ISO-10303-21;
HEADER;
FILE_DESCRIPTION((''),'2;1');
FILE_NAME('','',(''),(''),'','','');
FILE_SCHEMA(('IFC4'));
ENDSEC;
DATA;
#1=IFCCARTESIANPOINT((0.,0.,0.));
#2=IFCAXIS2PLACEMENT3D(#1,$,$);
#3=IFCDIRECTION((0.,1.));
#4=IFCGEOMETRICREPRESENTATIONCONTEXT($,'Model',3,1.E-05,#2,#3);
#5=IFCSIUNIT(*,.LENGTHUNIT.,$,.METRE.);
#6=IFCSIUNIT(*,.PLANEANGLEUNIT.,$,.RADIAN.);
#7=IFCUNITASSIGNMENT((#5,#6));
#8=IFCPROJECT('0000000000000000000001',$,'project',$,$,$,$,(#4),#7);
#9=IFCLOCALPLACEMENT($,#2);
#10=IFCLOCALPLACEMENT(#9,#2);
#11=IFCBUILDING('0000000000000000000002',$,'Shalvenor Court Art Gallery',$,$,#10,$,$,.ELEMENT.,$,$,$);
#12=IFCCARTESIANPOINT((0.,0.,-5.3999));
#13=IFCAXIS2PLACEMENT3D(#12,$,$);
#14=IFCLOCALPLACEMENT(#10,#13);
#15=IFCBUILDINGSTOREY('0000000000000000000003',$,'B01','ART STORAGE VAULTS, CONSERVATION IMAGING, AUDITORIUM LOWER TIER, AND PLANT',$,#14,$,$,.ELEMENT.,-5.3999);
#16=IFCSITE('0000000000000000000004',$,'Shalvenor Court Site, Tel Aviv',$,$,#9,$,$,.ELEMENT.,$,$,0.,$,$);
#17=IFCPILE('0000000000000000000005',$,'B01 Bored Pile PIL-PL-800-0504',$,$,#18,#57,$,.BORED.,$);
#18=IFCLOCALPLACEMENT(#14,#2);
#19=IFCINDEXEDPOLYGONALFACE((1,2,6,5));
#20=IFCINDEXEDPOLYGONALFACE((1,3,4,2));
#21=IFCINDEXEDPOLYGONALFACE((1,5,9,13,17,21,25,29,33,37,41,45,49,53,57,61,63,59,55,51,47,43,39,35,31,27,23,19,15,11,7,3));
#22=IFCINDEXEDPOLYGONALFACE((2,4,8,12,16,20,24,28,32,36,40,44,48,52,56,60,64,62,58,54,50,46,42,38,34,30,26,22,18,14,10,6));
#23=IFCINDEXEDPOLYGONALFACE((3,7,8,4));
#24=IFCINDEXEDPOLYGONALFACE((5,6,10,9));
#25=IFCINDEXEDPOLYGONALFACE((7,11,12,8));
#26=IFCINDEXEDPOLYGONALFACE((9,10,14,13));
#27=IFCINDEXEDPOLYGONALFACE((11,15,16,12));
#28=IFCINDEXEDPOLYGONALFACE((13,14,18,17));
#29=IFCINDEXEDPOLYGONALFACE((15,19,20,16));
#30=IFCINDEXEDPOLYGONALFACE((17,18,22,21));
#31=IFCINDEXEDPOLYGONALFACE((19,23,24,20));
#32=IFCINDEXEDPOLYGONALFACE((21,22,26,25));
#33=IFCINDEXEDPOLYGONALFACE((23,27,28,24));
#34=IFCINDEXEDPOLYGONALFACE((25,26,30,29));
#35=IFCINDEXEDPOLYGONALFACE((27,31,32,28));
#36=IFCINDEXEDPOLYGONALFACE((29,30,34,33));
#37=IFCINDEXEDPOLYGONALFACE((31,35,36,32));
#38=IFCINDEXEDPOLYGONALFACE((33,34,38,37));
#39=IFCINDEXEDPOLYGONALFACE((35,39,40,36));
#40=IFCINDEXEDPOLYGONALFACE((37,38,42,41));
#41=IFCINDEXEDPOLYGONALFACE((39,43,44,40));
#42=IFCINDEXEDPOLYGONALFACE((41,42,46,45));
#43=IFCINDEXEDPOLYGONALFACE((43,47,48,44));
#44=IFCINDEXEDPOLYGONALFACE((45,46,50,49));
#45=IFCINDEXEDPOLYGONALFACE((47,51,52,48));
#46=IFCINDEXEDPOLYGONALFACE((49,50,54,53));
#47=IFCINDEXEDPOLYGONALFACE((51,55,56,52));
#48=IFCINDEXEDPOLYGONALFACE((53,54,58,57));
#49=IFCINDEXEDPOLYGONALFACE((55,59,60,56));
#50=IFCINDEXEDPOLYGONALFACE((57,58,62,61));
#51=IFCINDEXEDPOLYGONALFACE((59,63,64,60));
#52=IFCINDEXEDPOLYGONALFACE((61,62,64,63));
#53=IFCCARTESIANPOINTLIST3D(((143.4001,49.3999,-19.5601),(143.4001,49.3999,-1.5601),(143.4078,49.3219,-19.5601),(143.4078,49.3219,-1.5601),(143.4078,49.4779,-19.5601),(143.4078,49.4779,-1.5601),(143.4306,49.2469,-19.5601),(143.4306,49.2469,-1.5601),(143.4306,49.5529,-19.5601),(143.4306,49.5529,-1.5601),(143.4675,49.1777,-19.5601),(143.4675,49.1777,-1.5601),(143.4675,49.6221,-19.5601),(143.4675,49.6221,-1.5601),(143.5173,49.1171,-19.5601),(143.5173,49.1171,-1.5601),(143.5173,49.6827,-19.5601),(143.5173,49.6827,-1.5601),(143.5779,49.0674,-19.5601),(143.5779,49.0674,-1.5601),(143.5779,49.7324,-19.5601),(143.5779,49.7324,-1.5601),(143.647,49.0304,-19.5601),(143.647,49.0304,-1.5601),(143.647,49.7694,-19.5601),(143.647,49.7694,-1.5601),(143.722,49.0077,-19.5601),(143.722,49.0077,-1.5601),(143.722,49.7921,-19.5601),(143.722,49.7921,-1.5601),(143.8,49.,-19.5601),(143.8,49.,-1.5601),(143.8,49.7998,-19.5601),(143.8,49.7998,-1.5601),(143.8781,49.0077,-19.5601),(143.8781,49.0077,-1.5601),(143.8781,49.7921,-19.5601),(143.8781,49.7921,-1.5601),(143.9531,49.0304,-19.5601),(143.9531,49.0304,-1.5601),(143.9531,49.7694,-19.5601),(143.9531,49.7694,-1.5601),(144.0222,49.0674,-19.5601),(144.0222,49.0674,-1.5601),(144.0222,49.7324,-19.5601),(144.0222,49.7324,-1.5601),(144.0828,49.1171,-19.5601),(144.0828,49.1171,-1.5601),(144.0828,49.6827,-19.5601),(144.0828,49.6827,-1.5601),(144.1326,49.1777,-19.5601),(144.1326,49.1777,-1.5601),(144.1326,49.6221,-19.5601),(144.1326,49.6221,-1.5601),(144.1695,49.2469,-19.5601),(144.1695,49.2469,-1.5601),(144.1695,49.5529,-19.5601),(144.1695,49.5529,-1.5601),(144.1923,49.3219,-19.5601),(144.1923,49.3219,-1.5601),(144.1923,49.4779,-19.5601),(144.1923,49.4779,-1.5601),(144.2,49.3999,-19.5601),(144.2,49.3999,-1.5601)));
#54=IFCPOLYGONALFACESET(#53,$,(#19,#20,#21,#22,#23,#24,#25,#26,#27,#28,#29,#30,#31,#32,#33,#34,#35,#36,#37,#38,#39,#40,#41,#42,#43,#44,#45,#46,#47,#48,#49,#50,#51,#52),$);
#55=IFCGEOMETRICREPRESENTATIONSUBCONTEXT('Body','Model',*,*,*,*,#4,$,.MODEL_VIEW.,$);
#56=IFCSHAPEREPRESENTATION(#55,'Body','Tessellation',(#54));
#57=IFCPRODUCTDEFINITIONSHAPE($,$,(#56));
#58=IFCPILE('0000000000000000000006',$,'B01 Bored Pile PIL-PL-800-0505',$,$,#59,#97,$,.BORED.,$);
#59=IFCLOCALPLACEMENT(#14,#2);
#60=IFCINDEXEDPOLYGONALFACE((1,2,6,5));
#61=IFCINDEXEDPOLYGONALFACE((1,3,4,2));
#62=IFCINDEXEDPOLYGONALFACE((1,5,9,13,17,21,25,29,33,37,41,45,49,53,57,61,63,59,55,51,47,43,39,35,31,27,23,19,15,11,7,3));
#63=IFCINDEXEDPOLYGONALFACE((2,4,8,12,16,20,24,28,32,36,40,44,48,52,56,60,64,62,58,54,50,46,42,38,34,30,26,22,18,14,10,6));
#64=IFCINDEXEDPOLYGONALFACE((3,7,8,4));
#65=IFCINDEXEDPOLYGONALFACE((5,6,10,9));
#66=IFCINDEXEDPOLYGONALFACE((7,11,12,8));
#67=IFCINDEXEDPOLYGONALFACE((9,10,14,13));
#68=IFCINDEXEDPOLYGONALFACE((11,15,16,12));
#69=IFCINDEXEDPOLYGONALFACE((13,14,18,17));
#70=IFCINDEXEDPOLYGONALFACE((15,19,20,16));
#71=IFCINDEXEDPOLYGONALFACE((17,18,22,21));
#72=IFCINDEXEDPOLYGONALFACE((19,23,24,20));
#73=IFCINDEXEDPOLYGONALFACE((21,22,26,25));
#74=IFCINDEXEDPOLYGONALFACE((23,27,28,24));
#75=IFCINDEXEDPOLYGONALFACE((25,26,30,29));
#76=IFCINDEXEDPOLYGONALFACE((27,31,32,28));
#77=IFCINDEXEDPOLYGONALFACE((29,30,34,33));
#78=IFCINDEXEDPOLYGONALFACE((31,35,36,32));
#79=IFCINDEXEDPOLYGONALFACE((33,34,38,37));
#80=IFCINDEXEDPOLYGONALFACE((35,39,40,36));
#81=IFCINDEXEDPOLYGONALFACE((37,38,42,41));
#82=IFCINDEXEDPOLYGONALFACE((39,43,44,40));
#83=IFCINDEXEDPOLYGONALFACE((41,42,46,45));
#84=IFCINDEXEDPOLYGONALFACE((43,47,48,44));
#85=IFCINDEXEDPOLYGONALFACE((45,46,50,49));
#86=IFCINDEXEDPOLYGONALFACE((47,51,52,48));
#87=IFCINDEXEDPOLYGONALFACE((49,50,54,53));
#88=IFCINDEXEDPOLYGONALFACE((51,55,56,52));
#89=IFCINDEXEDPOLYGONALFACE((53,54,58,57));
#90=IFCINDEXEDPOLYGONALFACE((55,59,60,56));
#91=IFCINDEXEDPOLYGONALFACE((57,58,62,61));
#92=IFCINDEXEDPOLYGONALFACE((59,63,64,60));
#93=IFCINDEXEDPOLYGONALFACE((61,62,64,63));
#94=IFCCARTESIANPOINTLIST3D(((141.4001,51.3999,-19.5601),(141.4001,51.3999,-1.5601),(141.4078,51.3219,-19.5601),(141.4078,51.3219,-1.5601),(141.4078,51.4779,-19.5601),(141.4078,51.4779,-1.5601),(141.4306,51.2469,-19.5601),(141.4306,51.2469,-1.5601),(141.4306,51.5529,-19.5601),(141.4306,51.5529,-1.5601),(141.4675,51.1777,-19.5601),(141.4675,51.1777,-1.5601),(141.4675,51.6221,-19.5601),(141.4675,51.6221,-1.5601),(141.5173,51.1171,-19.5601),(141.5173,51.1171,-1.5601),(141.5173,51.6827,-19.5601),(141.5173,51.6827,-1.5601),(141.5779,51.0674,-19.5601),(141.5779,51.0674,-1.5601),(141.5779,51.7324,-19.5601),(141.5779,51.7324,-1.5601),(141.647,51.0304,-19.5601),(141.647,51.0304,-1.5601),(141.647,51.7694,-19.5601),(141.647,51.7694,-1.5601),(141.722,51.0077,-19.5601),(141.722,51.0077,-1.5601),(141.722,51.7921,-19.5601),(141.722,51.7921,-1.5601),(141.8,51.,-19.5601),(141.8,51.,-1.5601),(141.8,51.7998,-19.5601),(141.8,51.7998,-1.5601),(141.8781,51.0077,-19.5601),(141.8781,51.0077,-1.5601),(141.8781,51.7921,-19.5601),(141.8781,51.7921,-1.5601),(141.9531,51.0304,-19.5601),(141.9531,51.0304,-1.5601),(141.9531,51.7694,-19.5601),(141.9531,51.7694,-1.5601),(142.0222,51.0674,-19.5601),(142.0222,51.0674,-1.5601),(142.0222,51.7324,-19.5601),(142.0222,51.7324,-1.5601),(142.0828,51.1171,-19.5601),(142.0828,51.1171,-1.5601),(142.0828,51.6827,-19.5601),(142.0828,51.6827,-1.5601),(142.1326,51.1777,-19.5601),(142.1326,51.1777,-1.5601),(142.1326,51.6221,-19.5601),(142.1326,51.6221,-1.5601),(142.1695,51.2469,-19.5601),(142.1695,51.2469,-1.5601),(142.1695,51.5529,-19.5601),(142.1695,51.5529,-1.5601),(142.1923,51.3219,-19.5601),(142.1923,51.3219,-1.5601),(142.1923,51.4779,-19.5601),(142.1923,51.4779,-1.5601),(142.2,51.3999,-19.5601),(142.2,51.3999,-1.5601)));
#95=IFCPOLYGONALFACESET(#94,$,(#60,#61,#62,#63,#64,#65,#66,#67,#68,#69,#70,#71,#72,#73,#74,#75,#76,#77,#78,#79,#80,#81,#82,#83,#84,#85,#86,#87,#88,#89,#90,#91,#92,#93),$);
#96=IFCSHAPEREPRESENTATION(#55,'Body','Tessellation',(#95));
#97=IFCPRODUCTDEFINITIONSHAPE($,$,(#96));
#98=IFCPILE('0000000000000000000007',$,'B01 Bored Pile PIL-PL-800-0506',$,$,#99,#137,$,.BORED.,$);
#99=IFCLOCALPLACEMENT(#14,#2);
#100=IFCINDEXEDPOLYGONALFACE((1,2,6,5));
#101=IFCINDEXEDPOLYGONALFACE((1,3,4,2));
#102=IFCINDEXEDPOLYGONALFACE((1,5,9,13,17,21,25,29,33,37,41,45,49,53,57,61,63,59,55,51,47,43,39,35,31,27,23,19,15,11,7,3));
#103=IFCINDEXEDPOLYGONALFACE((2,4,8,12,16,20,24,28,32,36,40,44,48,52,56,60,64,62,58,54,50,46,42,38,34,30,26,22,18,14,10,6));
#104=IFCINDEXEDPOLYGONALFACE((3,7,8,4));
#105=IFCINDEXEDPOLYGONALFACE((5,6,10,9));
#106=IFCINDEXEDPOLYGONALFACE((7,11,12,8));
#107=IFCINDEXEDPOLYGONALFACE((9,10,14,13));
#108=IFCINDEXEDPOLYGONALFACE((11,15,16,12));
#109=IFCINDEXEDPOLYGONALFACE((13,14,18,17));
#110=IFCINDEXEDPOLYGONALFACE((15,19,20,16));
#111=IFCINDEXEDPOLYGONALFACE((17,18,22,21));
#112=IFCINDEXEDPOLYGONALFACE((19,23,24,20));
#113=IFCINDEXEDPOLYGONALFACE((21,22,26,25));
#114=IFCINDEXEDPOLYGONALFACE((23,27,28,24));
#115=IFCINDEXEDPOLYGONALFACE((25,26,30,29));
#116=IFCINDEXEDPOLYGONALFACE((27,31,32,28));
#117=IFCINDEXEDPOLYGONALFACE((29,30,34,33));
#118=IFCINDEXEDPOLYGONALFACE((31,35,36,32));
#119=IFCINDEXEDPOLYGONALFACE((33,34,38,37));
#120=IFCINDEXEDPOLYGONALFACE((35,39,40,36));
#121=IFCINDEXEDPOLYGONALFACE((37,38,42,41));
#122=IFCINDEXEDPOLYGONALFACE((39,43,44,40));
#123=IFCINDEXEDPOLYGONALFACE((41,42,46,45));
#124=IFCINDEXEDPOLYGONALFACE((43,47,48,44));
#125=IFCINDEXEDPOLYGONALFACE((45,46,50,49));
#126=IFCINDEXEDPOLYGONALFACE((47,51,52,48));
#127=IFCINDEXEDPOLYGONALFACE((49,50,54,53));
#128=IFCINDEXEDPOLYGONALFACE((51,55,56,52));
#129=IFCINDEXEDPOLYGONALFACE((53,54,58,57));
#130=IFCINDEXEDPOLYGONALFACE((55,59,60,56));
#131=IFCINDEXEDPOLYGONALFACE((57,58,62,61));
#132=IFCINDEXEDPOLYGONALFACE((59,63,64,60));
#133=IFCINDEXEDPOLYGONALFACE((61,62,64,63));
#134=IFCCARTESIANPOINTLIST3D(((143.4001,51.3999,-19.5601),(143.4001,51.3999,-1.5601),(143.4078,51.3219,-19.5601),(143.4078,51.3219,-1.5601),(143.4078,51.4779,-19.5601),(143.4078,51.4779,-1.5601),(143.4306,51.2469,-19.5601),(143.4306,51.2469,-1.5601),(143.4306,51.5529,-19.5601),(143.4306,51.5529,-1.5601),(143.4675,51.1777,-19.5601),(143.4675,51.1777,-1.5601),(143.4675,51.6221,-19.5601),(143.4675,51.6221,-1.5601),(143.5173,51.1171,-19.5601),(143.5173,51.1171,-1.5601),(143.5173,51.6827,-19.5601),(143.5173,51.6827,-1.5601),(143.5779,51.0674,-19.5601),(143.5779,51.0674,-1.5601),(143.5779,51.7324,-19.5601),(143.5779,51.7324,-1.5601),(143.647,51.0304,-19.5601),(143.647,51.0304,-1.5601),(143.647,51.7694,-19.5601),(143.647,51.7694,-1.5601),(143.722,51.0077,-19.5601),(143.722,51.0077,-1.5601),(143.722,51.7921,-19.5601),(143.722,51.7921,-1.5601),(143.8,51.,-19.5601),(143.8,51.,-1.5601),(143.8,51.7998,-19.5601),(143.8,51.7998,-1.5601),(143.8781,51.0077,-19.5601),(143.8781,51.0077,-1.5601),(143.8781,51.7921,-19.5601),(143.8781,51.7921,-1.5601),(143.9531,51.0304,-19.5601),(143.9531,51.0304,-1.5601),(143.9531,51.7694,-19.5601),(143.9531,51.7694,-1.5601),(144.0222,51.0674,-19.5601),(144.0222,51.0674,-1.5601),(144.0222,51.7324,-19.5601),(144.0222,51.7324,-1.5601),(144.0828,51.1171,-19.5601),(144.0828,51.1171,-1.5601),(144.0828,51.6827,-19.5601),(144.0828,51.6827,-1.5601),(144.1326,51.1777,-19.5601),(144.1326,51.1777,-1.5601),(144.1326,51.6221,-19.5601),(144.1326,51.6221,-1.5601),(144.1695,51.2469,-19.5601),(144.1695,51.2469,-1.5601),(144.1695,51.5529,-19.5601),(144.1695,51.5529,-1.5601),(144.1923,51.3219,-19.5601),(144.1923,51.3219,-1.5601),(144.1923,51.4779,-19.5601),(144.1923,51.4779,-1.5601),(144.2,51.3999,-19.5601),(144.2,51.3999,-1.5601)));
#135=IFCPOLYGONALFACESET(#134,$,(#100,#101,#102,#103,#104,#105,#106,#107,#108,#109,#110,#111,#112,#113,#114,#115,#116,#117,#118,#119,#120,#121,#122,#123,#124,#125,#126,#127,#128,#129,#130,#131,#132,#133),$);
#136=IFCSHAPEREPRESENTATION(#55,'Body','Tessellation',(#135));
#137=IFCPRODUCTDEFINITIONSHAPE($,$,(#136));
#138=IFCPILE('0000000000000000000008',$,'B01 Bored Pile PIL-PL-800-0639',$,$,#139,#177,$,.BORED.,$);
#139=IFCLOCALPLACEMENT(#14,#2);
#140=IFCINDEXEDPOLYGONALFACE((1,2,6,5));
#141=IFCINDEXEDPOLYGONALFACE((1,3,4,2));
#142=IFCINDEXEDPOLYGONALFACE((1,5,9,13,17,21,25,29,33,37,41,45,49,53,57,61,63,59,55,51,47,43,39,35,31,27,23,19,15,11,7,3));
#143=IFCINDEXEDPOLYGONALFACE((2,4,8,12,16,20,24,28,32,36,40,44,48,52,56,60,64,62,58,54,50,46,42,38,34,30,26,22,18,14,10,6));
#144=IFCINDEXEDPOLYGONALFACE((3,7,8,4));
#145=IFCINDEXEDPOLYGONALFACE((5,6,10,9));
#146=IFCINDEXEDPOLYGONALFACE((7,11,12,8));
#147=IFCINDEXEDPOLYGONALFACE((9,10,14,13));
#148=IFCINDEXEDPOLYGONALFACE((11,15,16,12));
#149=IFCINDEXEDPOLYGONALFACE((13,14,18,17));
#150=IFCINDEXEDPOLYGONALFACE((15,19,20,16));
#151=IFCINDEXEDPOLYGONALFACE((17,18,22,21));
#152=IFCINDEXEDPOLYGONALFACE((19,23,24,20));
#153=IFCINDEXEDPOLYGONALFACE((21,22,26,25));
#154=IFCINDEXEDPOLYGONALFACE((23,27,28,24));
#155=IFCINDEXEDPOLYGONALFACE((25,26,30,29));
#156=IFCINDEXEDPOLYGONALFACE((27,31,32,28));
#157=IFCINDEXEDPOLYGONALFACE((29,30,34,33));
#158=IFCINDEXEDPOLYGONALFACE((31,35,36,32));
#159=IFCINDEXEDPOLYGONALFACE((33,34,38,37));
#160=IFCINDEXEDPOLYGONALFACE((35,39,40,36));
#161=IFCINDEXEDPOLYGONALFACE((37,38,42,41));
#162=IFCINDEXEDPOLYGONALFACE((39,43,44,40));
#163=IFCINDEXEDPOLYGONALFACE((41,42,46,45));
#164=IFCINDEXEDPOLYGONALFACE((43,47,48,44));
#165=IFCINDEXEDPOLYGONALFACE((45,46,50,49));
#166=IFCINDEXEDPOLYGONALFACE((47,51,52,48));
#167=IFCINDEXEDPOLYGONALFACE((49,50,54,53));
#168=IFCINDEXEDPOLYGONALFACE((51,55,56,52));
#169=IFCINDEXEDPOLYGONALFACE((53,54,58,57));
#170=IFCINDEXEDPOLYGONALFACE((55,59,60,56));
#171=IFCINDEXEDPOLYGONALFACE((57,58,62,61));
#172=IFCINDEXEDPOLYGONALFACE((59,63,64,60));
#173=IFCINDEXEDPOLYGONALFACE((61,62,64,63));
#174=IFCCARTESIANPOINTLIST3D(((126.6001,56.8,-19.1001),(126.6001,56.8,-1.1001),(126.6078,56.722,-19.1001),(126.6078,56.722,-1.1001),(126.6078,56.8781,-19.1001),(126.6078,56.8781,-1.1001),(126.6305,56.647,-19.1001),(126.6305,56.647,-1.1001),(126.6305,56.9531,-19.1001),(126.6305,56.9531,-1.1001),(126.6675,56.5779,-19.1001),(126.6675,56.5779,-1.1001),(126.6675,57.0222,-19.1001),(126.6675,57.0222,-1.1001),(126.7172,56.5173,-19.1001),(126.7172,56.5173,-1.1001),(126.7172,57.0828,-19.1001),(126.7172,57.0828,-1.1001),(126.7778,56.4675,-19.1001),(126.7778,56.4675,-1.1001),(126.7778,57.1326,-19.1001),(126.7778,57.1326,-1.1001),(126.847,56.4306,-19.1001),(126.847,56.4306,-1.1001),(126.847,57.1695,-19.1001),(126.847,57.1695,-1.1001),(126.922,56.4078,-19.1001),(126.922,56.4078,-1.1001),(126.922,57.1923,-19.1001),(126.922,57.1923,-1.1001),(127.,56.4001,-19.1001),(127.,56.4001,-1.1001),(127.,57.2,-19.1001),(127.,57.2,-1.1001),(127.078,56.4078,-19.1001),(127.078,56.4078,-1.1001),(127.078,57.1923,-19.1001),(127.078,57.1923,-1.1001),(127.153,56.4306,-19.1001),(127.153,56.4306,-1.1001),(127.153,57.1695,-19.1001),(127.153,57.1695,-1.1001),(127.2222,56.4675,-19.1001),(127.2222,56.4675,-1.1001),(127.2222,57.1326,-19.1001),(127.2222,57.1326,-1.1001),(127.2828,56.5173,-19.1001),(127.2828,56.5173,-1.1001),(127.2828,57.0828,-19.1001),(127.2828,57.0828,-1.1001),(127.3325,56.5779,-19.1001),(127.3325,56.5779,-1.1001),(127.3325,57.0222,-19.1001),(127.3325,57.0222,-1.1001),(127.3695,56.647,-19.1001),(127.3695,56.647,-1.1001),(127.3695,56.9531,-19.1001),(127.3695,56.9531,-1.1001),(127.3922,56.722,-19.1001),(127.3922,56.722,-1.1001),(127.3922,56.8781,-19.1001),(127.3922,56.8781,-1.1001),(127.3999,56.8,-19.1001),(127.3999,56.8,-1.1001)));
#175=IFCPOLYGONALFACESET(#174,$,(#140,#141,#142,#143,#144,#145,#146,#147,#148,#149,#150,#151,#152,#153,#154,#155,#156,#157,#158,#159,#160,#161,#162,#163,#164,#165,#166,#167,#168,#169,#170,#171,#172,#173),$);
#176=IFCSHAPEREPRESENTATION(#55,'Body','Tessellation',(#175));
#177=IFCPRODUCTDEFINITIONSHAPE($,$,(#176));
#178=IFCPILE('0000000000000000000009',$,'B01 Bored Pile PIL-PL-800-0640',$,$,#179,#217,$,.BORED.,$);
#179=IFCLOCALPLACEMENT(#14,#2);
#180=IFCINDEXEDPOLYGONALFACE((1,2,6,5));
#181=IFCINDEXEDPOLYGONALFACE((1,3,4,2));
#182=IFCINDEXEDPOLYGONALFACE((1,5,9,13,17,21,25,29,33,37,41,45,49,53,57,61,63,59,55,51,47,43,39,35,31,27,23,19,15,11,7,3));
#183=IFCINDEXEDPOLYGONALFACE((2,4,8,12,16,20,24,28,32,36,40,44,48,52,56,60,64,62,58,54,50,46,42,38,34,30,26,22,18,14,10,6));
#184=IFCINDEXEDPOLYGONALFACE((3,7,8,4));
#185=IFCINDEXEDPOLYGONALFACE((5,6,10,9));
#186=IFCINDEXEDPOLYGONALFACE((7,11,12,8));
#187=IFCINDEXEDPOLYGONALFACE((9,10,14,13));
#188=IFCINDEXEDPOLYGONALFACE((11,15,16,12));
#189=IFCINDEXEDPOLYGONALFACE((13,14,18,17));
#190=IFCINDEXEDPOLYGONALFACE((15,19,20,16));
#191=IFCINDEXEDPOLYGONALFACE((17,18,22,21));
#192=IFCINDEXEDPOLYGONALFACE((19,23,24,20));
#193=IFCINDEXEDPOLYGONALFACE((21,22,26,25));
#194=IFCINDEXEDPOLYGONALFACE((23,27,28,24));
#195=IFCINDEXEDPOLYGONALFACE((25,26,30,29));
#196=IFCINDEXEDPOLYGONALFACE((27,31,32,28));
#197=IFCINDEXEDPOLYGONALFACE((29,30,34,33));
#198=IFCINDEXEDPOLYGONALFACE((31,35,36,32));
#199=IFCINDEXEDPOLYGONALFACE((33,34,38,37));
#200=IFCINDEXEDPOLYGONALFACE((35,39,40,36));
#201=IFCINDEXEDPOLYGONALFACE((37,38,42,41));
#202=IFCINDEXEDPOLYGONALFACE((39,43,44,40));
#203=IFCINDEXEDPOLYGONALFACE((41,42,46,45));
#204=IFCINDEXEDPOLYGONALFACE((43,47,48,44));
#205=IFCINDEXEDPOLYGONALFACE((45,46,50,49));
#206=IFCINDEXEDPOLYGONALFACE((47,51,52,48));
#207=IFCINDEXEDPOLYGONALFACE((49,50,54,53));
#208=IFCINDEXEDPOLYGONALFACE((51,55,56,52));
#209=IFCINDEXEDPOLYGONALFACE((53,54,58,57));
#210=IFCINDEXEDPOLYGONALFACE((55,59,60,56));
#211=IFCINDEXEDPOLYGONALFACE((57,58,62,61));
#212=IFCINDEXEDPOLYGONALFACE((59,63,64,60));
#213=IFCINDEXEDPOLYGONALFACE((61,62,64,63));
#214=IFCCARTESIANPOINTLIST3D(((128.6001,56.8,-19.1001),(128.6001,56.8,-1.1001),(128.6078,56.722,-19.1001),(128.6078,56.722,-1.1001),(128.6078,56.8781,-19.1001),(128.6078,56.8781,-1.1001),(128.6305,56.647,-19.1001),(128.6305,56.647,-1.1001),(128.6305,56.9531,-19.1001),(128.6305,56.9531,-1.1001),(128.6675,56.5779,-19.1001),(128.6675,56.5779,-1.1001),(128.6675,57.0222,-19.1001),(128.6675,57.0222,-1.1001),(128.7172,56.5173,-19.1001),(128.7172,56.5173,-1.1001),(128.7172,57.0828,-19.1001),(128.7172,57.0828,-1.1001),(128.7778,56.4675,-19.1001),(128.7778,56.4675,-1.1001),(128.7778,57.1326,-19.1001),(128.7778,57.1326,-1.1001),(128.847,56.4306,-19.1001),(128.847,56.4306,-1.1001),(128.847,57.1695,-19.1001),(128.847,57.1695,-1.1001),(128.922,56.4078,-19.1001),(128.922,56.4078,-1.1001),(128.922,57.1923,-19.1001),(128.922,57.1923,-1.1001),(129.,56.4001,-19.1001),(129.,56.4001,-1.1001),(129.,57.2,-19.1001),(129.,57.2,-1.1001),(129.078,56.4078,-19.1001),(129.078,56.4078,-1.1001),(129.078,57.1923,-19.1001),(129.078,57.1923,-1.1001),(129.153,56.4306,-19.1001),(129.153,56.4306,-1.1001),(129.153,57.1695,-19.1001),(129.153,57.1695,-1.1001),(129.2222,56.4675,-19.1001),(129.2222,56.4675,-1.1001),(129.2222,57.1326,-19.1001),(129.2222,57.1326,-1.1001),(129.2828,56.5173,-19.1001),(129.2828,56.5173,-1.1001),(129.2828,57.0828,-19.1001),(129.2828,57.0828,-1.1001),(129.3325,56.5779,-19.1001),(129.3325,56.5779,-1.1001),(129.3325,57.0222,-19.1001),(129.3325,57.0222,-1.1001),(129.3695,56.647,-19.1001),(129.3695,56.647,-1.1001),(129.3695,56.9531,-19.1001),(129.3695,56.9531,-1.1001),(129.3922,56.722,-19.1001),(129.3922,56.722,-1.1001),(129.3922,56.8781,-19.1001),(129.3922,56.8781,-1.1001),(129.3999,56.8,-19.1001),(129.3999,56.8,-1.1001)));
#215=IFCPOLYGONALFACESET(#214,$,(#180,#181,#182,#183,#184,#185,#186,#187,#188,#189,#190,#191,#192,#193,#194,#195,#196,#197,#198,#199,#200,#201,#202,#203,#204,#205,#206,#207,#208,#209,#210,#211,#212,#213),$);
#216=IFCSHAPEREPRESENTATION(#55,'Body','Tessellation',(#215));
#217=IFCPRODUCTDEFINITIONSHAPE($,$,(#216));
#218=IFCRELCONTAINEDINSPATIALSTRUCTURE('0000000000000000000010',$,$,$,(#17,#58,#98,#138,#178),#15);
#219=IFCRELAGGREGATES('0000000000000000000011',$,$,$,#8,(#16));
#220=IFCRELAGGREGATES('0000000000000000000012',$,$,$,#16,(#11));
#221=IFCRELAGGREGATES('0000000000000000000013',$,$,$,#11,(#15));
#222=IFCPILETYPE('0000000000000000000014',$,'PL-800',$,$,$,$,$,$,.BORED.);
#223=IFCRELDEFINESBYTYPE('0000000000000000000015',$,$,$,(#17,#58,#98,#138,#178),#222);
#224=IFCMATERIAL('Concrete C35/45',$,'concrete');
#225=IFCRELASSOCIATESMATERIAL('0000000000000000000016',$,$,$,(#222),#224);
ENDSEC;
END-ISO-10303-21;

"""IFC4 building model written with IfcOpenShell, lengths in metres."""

from ifc_helpers import new_model, si_unit, direction, frame, origin, origin_2d, place, context, subcontext, project, spatial, circle, extrude, material, material_profile, profile_set, type_object, element, save


model = new_model("IFC4")

# Units and contexts
model_context = context("Model", 3, precision=1e-05, world=origin(), true_north=direction((0.0, 1.0)))
body_context = subcontext(model_context, "Body", "Model", "MODEL_VIEW")
ifc_project = project(units=[si_unit("LENGTHUNIT", "METRE"), si_unit("PLANEANGLEUNIT", "RADIAN")], contexts=[model_context])

# Site, building, storey
site_placement = place(None, origin())
site = spatial("IfcSite", under=ifc_project, at=site_placement, Name="Shalvenor Court Site, Tel Aviv", CompositionType="ELEMENT", RefElevation=0.0)
building_placement = place(site_placement, origin())
building = spatial("IfcBuilding", under=site, at=building_placement, Name="Shalvenor Court Art Gallery", CompositionType="ELEMENT")
storey_placement = place(building_placement, frame((0.0, 0.0, -5.3999)))
storey = spatial("IfcBuildingStorey", under=building, at=storey_placement, Name="B01", Description="ART STORAGE VAULTS, CONSERVATION IMAGING, AUDITORIUM LOWER TIER, AND PLANT", CompositionType="ELEMENT", Elevation=-5.3999)

# Piles
ifc_material_1 = material(Name="Concrete C35/45", Category="concrete")
ifc_material_profile_1 = material_profile(ifc_material_1, circle(Radius=0.3999, at=origin_2d()), Name="PILE 800")
ifc_profile_set_1 = profile_set([ifc_material_profile_1], Name="Concrete C35/45")
pile_type_1 = type_object("IfcPileType", Name="PL-800", PredefinedType="BORED", material=ifc_profile_set_1)
for number, where, z_axis, x_axis, name in (
    (1, (143.8, 49.3999, -1.5601), (0.0, 0.0, -1.0), (1.0, 0.0, 0.0), "B01 Bored Pile PIL-PL-800-0504"),
    (2, (141.8, 51.3999, -1.5601), (0.0, 0.0, -1.0), (1.0, 0.0, 0.0), "B01 Bored Pile PIL-PL-800-0505"),
    (3, (143.8, 51.3999, -1.5601), (0.0, 0.0, -1.0), (1.0, 0.0, 0.0), "B01 Bored Pile PIL-PL-800-0506"),
    (4, (127.0, 56.8, -1.1001), (0.0, 0.0, -1.0), (1.0, 0.0, 0.0), "B01 Bored Pile PIL-PL-800-0639"),
    (5, (129.0, 56.8, -1.1001), (0.0, 0.0, -1.0), (1.0, 0.0, 0.0), "B01 Bored Pile PIL-PL-800-0640"),
):
    element("IfcPile", number, at=place(storey_placement, frame(where, z_axis=z_axis, x_axis=x_axis)), inside=storey, type_object=pile_type_1, Name=name, PredefinedType="BORED", context=body_context, shape_type="SweptSolid", body=[
        extrude(circle(Radius=0.3999, at=origin_2d()), origin(), (0.0, 0.0, 1.0), 18.0),
    ])

save(model, "model.ifc")
